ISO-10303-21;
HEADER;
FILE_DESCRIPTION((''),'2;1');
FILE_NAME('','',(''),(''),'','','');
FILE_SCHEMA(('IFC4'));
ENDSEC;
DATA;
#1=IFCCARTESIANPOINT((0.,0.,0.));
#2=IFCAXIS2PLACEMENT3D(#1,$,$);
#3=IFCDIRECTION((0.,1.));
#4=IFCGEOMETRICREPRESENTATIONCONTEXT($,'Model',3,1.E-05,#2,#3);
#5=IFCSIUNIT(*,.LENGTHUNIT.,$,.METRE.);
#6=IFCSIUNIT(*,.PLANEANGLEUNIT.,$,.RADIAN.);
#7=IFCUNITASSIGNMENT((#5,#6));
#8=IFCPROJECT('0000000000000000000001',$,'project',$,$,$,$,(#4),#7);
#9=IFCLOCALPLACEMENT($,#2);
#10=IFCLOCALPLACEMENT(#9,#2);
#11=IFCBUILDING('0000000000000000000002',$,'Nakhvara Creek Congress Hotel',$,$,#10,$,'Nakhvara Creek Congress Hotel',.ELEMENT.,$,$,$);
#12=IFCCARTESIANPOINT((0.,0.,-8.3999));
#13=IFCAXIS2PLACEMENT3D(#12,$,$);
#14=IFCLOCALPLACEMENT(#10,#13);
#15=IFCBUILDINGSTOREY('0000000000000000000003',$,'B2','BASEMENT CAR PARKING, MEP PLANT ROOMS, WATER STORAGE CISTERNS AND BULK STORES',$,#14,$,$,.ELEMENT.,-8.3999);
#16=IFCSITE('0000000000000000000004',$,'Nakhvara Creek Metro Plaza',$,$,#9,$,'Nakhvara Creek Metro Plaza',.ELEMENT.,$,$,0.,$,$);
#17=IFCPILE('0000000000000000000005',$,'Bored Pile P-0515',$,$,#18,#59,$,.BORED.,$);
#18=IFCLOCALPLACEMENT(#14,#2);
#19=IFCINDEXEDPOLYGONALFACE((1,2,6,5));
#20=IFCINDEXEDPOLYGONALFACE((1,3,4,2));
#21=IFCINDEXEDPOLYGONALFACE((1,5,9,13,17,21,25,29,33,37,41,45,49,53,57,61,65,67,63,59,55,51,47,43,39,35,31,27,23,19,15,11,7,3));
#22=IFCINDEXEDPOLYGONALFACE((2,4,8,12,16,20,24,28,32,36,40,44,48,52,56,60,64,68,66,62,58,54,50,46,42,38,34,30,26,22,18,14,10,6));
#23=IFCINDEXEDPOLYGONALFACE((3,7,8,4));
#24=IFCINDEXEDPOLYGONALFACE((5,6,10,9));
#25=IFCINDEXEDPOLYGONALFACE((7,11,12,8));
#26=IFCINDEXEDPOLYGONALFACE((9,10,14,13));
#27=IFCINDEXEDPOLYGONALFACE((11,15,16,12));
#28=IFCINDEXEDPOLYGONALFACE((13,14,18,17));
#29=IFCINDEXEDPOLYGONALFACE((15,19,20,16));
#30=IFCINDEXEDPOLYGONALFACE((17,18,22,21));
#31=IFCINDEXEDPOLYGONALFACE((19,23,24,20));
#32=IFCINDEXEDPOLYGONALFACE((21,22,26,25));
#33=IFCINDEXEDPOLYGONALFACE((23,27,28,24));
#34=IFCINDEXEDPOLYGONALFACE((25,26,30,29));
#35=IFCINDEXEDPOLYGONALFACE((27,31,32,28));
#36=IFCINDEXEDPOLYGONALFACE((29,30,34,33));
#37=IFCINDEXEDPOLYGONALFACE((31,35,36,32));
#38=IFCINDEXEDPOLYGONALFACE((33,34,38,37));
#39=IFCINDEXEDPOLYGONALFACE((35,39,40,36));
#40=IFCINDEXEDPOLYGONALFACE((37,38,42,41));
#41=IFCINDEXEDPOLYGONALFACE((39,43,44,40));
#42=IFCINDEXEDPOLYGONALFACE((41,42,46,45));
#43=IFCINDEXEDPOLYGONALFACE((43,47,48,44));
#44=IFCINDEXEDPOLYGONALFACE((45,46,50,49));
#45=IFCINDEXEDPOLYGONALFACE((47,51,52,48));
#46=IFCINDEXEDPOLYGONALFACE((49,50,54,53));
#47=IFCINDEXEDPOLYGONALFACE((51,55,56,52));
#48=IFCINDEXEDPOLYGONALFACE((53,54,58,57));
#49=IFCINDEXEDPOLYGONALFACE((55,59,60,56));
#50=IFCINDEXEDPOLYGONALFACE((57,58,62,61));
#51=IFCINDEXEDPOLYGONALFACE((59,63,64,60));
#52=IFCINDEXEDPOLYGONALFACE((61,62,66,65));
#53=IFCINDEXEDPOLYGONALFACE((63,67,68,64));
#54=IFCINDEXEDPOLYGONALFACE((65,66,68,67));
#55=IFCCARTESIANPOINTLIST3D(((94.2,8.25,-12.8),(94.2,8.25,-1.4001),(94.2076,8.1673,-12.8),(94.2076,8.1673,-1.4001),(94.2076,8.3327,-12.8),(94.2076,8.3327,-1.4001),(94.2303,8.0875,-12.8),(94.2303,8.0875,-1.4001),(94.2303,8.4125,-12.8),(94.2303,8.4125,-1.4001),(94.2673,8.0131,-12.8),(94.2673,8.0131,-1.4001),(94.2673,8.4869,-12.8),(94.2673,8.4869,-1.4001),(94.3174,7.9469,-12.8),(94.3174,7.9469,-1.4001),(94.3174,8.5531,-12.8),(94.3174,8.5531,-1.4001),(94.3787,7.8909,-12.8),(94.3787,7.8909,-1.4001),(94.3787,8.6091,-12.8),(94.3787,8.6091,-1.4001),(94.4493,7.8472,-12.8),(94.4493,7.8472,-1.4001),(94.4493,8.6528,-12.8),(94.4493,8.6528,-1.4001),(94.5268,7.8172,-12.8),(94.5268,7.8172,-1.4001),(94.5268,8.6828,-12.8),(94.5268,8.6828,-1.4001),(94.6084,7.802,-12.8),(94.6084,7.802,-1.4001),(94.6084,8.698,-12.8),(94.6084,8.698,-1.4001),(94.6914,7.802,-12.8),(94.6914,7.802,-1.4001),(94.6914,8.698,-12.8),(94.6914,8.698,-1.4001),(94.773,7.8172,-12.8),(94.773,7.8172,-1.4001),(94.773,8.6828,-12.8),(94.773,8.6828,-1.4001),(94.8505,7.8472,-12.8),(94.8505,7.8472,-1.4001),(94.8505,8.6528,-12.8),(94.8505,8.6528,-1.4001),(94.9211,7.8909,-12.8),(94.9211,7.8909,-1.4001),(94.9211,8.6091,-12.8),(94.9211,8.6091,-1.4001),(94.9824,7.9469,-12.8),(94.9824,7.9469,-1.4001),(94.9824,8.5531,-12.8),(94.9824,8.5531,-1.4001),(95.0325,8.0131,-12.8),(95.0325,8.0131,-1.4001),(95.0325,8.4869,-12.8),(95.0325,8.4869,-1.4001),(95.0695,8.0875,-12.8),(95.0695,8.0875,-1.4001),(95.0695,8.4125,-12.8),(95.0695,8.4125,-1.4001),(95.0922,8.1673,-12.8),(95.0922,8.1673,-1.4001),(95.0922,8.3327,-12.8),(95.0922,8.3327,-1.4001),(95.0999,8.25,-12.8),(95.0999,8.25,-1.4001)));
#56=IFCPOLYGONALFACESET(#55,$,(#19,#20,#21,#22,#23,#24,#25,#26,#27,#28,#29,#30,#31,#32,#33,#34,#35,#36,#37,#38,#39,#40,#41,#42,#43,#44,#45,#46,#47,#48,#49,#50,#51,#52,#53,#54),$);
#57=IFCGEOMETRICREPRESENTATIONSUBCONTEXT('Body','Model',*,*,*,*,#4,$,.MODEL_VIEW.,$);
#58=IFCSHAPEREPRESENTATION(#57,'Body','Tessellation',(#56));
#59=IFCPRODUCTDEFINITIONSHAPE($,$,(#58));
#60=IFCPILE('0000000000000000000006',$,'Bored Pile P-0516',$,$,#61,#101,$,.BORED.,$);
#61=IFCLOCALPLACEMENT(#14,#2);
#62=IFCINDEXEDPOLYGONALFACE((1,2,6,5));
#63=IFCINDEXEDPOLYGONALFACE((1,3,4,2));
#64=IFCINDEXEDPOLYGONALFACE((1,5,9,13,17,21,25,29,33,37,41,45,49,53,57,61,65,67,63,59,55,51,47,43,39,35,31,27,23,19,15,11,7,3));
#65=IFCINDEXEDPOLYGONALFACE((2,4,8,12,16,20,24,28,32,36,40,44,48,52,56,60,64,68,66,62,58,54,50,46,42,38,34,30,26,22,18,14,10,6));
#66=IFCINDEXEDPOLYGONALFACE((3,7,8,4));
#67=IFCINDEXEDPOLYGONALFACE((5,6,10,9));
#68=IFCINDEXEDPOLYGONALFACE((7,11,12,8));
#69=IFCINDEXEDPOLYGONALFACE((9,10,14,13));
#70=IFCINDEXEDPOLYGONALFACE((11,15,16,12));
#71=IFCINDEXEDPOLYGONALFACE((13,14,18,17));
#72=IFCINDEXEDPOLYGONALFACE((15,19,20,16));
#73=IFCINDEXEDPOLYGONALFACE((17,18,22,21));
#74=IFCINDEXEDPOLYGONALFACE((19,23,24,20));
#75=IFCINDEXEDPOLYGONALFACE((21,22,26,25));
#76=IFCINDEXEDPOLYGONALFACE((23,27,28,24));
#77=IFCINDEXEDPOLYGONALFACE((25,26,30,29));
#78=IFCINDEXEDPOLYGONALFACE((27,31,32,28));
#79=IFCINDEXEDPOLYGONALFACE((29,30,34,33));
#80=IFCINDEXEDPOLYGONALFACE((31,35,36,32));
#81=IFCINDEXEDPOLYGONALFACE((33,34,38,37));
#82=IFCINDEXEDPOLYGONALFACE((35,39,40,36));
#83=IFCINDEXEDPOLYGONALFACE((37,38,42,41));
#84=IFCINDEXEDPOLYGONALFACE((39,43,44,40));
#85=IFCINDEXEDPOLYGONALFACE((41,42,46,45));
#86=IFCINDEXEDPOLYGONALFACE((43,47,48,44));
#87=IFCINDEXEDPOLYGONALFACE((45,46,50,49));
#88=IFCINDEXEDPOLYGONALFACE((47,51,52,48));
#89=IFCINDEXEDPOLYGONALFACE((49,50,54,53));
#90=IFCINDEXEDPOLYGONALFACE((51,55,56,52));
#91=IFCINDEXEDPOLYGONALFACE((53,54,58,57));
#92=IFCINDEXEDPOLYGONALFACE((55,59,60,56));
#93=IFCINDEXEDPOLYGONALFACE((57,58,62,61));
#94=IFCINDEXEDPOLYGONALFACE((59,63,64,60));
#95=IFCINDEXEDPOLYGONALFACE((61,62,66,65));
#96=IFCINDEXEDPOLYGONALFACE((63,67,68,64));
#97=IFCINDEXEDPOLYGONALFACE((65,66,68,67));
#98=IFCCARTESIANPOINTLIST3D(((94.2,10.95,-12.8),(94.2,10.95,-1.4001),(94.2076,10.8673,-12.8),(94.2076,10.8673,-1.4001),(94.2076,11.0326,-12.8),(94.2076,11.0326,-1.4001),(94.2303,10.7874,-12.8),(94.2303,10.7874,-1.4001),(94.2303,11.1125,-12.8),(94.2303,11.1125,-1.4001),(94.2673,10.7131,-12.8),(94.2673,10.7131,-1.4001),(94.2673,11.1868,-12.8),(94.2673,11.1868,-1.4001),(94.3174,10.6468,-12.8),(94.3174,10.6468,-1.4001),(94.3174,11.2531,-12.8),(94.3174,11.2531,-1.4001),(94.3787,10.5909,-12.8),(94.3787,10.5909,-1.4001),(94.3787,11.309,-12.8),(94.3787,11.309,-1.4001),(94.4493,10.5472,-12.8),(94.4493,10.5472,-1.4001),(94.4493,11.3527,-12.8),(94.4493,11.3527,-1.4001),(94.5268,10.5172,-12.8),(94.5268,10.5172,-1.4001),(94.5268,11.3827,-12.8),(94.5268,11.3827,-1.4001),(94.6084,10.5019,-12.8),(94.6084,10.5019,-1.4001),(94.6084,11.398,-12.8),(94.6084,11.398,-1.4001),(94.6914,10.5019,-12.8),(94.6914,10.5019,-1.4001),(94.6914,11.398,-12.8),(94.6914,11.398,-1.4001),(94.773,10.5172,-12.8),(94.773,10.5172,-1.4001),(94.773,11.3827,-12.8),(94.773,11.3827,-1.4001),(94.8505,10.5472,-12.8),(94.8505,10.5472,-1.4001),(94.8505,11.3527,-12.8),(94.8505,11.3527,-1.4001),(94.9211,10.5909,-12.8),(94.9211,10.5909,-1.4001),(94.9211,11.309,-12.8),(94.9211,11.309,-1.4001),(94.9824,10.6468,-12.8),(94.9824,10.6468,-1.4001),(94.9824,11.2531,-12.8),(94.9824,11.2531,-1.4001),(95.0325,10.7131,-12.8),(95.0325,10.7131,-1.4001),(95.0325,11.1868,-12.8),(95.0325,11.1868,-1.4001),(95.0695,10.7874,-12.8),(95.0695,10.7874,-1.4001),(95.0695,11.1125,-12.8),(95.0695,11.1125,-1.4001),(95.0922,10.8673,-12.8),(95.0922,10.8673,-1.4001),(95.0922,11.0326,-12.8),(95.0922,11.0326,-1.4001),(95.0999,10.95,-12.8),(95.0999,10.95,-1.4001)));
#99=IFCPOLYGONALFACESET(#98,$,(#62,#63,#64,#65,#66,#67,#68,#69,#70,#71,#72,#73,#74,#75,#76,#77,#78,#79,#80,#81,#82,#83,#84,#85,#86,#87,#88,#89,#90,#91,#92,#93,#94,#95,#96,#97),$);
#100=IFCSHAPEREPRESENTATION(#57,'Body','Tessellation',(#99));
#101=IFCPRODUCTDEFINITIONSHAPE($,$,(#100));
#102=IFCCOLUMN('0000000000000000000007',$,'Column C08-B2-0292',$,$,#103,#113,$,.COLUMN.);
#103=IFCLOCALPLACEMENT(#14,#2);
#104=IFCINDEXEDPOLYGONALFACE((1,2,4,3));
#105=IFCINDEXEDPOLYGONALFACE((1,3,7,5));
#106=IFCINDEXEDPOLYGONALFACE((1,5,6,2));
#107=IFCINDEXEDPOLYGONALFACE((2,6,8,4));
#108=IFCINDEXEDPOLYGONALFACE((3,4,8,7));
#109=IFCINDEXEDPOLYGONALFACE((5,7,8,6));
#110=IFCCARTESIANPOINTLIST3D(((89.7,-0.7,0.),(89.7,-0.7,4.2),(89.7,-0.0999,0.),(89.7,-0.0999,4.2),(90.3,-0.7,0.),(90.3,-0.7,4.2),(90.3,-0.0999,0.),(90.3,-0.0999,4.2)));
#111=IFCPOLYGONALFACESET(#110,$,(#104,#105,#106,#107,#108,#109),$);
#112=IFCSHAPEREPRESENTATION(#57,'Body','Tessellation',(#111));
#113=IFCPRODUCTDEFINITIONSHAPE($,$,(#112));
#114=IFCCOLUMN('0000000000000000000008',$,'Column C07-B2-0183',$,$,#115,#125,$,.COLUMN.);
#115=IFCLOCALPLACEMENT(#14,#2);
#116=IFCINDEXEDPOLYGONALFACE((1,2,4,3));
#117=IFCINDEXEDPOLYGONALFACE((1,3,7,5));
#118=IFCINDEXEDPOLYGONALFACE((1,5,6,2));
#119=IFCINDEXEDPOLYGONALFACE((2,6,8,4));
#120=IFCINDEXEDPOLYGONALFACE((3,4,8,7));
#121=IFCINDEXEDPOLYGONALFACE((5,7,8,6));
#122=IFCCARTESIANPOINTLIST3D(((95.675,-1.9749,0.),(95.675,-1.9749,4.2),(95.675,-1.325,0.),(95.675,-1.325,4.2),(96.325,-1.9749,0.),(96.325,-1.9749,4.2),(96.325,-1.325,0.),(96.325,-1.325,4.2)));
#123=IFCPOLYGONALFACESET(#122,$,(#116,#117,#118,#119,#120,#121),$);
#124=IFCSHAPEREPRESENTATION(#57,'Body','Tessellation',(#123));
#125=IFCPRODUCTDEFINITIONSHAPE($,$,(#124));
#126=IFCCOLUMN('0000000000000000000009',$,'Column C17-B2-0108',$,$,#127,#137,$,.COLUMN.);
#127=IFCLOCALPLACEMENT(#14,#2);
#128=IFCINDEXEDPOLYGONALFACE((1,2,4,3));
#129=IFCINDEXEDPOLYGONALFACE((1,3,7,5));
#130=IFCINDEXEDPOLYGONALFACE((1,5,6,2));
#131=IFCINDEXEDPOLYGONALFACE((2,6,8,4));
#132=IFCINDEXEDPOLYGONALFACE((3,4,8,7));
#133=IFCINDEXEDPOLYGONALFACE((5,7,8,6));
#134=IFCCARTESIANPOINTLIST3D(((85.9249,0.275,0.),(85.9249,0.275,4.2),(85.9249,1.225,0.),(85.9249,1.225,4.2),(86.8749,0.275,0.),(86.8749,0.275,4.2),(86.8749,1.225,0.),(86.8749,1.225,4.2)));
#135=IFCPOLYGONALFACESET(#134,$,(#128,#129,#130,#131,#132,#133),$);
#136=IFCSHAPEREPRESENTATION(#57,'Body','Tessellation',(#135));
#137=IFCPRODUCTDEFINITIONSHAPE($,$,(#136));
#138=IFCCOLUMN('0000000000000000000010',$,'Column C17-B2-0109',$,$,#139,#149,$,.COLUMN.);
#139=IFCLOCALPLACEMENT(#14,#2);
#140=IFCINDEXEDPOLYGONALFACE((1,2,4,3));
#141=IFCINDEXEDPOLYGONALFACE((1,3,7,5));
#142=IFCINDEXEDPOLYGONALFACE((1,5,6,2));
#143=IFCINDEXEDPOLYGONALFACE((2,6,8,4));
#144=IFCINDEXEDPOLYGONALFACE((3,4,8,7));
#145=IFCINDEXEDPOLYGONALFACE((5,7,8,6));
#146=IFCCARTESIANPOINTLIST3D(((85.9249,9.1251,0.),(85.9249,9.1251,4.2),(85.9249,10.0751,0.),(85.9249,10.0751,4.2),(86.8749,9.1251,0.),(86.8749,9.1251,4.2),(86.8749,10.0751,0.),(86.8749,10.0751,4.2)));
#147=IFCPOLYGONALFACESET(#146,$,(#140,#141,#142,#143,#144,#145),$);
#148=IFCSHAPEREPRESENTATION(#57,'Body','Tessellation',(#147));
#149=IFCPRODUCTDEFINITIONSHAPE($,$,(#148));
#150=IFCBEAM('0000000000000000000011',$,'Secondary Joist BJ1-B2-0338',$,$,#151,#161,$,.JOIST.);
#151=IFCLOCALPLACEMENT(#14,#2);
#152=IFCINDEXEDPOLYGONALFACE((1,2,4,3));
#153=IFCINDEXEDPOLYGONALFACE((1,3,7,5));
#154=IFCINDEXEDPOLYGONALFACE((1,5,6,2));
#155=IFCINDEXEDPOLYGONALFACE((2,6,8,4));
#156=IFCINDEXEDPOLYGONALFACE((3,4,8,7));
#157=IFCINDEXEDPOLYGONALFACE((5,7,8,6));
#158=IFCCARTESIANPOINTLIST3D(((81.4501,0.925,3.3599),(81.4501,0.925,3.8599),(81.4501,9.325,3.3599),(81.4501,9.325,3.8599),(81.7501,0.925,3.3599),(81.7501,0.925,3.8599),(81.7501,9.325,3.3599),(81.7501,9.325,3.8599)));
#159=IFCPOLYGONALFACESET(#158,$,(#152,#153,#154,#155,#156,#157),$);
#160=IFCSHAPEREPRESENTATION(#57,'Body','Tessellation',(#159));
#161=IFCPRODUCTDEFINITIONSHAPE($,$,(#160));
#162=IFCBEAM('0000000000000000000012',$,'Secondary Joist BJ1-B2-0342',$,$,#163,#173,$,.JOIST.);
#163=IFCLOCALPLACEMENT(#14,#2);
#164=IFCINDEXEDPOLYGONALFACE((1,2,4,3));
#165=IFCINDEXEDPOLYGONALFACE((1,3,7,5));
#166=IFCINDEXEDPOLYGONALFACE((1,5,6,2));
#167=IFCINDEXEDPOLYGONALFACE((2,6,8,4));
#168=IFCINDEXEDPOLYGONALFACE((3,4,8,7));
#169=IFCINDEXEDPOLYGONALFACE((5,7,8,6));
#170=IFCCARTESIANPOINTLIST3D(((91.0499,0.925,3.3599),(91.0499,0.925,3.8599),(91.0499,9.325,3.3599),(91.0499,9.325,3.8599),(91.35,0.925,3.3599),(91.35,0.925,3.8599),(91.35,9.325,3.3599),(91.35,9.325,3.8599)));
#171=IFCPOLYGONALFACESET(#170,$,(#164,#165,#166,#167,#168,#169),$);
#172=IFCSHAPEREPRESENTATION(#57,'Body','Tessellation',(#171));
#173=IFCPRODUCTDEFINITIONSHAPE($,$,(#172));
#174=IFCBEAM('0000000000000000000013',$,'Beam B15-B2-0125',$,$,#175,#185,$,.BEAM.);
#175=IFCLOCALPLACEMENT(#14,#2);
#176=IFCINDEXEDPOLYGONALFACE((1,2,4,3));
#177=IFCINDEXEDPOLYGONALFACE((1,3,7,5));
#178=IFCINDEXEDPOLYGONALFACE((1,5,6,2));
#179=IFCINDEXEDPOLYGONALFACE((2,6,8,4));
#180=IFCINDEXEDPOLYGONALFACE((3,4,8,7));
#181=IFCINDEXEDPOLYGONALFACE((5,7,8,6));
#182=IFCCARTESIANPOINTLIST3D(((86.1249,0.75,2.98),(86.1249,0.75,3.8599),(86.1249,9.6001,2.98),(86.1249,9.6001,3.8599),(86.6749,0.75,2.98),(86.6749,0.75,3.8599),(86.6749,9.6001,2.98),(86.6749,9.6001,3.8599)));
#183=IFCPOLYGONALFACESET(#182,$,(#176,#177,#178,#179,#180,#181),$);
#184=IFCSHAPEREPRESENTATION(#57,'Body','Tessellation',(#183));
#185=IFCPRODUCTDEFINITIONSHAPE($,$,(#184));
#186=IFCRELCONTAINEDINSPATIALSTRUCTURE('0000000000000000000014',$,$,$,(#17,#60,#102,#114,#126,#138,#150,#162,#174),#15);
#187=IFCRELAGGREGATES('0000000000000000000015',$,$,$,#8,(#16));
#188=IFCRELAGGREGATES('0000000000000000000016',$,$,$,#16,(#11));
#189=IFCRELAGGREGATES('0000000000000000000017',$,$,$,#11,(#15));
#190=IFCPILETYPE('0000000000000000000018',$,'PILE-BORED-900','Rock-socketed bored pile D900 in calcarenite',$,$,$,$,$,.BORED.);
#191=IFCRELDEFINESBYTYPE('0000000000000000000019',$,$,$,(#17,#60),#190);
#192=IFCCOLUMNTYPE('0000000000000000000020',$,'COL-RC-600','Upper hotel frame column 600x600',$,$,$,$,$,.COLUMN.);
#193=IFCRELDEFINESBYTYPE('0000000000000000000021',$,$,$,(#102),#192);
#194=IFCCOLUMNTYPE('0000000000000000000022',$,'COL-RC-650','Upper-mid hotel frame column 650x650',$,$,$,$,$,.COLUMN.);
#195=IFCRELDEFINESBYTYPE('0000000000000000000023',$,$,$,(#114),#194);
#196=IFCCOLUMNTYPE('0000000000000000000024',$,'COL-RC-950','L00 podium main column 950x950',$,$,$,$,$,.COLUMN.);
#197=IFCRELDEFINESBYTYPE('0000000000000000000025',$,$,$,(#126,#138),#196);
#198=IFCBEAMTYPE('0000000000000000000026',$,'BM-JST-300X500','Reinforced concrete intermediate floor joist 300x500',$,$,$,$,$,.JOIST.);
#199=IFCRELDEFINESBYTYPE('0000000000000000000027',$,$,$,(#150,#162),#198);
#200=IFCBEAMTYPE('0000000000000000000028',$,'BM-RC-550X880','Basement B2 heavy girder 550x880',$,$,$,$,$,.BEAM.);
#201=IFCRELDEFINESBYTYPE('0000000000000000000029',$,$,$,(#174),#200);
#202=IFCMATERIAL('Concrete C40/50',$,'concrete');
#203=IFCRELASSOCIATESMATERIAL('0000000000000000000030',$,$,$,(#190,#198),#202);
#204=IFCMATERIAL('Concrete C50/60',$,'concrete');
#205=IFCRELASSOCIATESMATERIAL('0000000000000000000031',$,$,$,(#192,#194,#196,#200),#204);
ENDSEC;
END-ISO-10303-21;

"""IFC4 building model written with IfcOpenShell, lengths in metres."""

from ifc_helpers import new_model, si_unit, direction, frame, origin, origin_2d, place, context, subcontext, project, spatial, rectangle, circle, extrude, material, material_profile, profile_set, type_object, element, save


model = new_model("IFC4")

# Units and contexts
model_context = context("Model", 3, precision=1e-05, world=origin(), true_north=direction((0.0, 1.0)))
body_context = subcontext(model_context, "Body", "Model", "MODEL_VIEW")
ifc_project = project(units=[si_unit("LENGTHUNIT", "METRE"), si_unit("PLANEANGLEUNIT", "RADIAN")], contexts=[model_context])

# Site, building, storey
site_placement = place(None, origin())
site = spatial("IfcSite", under=ifc_project, at=site_placement, Name="Nakhvara Creek Metro Plaza", LongName="Nakhvara Creek Metro Plaza", CompositionType="ELEMENT", RefElevation=0.0)
building_placement = place(site_placement, origin())
building = spatial("IfcBuilding", under=site, at=building_placement, Name="Nakhvara Creek Congress Hotel", LongName="Nakhvara Creek Congress Hotel", CompositionType="ELEMENT")
storey_placement = place(building_placement, frame((0.0, 0.0, -8.3999)))
storey = spatial("IfcBuildingStorey", under=building, at=storey_placement, Name="B2", Description="BASEMENT CAR PARKING, MEP PLANT ROOMS, WATER STORAGE CISTERNS AND BULK STORES", CompositionType="ELEMENT", Elevation=-8.3999)

# Shared definitions
ifc_material_1 = material(Name="Concrete C40/50", Category="concrete")

# Piles
ifc_material_profile_1 = material_profile(ifc_material_1, circle(Radius=0.45, at=origin_2d()), Name="BORED PILE D900", Category="LoadBearing")
ifc_profile_set_1 = profile_set([ifc_material_profile_1], Name="Concrete C40/50")
pile_type = type_object("IfcPileType", Name="PILE-BORED-900", Description="Rock-socketed bored pile D900 in calcarenite", PredefinedType="BORED", material=ifc_profile_set_1)
for number, where, z_axis, x_axis, name in (
    (1, (94.6499, 8.25, -1.4001), (0.0, 0.0, -1.0), (1.0, 0.0, 0.0), "Bored Pile P-0515"),
    (2, (94.6499, 10.95, -1.4001), (0.0, 0.0, -1.0), (1.0, 0.0, 0.0), "Bored Pile P-0516"),
):
    element("IfcPile", number, at=place(storey_placement, frame(where, z_axis=z_axis, x_axis=x_axis)), inside=storey, type_object=pile_type, Name=name, PredefinedType="BORED", context=body_context, shape_type="SweptSolid", body=[
        extrude(circle(Radius=0.45, at=origin_2d()), origin(), (0.0, 0.0, 1.0), 11.3999),
    ])

# Columns
ifc_material_2 = material(Name="Concrete C50/60", Category="concrete")
ifc_material_profile_2 = material_profile(ifc_material_2, rectangle(XDim=0.6001, YDim=0.6001, at=origin_2d()), Name="RC-COL 600x600", Category="LoadBearing")
ifc_profile_set_2 = profile_set([ifc_material_profile_2], Name="Concrete C50/60")
column_type_1 = type_object("IfcColumnType", Name="COL-RC-600", Description="Upper hotel frame column 600x600", PredefinedType="COLUMN", material=ifc_profile_set_2)
column_1_placement = place(storey_placement, frame((90.0, -0.3999, 0.0), z_axis=(0.0, 0.0, 1.0), x_axis=(1.0, 0.0, 0.0)))
element("IfcColumn", 3, at=column_1_placement, inside=storey, type_object=column_type_1, Name="Column C08-B2-0292", PredefinedType="COLUMN", context=body_context, shape_type="SweptSolid", body=[
    extrude(rectangle(XDim=0.6001, YDim=0.6001, at=origin_2d()), origin(), (0.0, 0.0, 1.0), 4.2),
])
ifc_material_profile_3 = material_profile(ifc_material_2, rectangle(XDim=0.6499, YDim=0.6499, at=origin_2d()), Name="RC-COL 650x650", Category="LoadBearing")
ifc_profile_set_3 = profile_set([ifc_material_profile_3], Name="Concrete C50/60")
column_type_2 = type_object("IfcColumnType", Name="COL-RC-650", Description="Upper-mid hotel frame column 650x650", PredefinedType="COLUMN", material=ifc_profile_set_3)
column_2_placement = place(storey_placement, frame((96.0, -1.6499, 0.0), z_axis=(0.0, 0.0, 1.0), x_axis=(1.0, 0.0, 0.0)))
element("IfcColumn", 4, at=column_2_placement, inside=storey, type_object=column_type_2, Name="Column C07-B2-0183", PredefinedType="COLUMN", context=body_context, shape_type="SweptSolid", body=[
    extrude(rectangle(XDim=0.6499, YDim=0.6499, at=origin_2d()), origin(), (0.0, 0.0, 1.0), 4.2),
])
ifc_material_profile_4 = material_profile(ifc_material_2, rectangle(XDim=0.95, YDim=0.95, at=origin_2d()), Name="RC-COL 950x950", Category="LoadBearing")
ifc_profile_set_4 = profile_set([ifc_material_profile_4], Name="Concrete C50/60")
column_type_3 = type_object("IfcColumnType", Name="COL-RC-950", Description="L00 podium main column 950x950", PredefinedType="COLUMN", material=ifc_profile_set_4)
for number, where, z_axis, x_axis, name in (
    (5, (86.3999, 0.75, 0.0), (0.0, 0.0, 1.0), (1.0, 0.0, 0.0), "Column C17-B2-0108"),
    (6, (86.3999, 9.6001, 0.0), (0.0, 0.0, 1.0), (1.0, 0.0, 0.0), "Column C17-B2-0109"),
):
    element("IfcColumn", number, at=place(storey_placement, frame(where, z_axis=z_axis, x_axis=x_axis)), inside=storey, type_object=column_type_3, Name=name, PredefinedType="COLUMN", context=body_context, shape_type="SweptSolid", body=[
        extrude(rectangle(XDim=0.95, YDim=0.95, at=origin_2d()), origin(), (0.0, 0.0, 1.0), 4.2),
    ])

# Beams
ifc_material_profile_5 = material_profile(ifc_material_1, rectangle(XDim=0.3, YDim=0.5, at=origin_2d()), Name="RC-BM 300x500", Category="LoadBearing")
ifc_profile_set_5 = profile_set([ifc_material_profile_5], Name="Concrete C40/50")
beam_type_1 = type_object("IfcBeamType", Name="BM-JST-300X500", Description="Reinforced concrete intermediate floor joist 300x500", PredefinedType="JOIST", material=ifc_profile_set_5)
for number, where, z_axis, x_axis, name in (
    (7, (81.6001, 0.925, 3.6099), (0.0, 1.0, 0.0), (-1.0, 0.0, 0.0), "Secondary Joist BJ1-B2-0338"),
    (8, (91.2, 0.925, 3.6099), (0.0, 1.0, 0.0), (-1.0, 0.0, 0.0), "Secondary Joist BJ1-B2-0342"),
):
    element("IfcBeam", number, at=place(storey_placement, frame(where, z_axis=z_axis, x_axis=x_axis)), inside=storey, type_object=beam_type_1, Name=name, PredefinedType="JOIST", context=body_context, shape_type="SweptSolid", body=[
        extrude(rectangle(XDim=0.3, YDim=0.5, at=origin_2d()), origin(), (0.0, 0.0, 1.0), 8.3999),
    ])
ifc_material_profile_6 = material_profile(ifc_material_2, rectangle(XDim=0.55, YDim=0.8799, at=origin_2d()), Name="RC-BM 550x880", Category="LoadBearing")
ifc_profile_set_6 = profile_set([ifc_material_profile_6], Name="Concrete C50/60")
beam_type_2 = type_object("IfcBeamType", Name="BM-RC-550X880", Description="Basement B2 heavy girder 550x880", PredefinedType="BEAM", material=ifc_profile_set_6)
beam_1_placement = place(storey_placement, frame((86.3999, 0.75, 3.4199), z_axis=(0.0, 1.0, 0.0), x_axis=(-1.0, 0.0, 0.0)))
element("IfcBeam", 9, at=beam_1_placement, inside=storey, type_object=beam_type_2, Name="Beam B15-B2-0125", PredefinedType="BEAM", context=body_context, shape_type="SweptSolid", body=[
    extrude(rectangle(XDim=0.55, YDim=0.8799, at=origin_2d()), origin(), (0.0, 0.0, 1.0), 8.8501),
])

save(model, "model.ifc")
